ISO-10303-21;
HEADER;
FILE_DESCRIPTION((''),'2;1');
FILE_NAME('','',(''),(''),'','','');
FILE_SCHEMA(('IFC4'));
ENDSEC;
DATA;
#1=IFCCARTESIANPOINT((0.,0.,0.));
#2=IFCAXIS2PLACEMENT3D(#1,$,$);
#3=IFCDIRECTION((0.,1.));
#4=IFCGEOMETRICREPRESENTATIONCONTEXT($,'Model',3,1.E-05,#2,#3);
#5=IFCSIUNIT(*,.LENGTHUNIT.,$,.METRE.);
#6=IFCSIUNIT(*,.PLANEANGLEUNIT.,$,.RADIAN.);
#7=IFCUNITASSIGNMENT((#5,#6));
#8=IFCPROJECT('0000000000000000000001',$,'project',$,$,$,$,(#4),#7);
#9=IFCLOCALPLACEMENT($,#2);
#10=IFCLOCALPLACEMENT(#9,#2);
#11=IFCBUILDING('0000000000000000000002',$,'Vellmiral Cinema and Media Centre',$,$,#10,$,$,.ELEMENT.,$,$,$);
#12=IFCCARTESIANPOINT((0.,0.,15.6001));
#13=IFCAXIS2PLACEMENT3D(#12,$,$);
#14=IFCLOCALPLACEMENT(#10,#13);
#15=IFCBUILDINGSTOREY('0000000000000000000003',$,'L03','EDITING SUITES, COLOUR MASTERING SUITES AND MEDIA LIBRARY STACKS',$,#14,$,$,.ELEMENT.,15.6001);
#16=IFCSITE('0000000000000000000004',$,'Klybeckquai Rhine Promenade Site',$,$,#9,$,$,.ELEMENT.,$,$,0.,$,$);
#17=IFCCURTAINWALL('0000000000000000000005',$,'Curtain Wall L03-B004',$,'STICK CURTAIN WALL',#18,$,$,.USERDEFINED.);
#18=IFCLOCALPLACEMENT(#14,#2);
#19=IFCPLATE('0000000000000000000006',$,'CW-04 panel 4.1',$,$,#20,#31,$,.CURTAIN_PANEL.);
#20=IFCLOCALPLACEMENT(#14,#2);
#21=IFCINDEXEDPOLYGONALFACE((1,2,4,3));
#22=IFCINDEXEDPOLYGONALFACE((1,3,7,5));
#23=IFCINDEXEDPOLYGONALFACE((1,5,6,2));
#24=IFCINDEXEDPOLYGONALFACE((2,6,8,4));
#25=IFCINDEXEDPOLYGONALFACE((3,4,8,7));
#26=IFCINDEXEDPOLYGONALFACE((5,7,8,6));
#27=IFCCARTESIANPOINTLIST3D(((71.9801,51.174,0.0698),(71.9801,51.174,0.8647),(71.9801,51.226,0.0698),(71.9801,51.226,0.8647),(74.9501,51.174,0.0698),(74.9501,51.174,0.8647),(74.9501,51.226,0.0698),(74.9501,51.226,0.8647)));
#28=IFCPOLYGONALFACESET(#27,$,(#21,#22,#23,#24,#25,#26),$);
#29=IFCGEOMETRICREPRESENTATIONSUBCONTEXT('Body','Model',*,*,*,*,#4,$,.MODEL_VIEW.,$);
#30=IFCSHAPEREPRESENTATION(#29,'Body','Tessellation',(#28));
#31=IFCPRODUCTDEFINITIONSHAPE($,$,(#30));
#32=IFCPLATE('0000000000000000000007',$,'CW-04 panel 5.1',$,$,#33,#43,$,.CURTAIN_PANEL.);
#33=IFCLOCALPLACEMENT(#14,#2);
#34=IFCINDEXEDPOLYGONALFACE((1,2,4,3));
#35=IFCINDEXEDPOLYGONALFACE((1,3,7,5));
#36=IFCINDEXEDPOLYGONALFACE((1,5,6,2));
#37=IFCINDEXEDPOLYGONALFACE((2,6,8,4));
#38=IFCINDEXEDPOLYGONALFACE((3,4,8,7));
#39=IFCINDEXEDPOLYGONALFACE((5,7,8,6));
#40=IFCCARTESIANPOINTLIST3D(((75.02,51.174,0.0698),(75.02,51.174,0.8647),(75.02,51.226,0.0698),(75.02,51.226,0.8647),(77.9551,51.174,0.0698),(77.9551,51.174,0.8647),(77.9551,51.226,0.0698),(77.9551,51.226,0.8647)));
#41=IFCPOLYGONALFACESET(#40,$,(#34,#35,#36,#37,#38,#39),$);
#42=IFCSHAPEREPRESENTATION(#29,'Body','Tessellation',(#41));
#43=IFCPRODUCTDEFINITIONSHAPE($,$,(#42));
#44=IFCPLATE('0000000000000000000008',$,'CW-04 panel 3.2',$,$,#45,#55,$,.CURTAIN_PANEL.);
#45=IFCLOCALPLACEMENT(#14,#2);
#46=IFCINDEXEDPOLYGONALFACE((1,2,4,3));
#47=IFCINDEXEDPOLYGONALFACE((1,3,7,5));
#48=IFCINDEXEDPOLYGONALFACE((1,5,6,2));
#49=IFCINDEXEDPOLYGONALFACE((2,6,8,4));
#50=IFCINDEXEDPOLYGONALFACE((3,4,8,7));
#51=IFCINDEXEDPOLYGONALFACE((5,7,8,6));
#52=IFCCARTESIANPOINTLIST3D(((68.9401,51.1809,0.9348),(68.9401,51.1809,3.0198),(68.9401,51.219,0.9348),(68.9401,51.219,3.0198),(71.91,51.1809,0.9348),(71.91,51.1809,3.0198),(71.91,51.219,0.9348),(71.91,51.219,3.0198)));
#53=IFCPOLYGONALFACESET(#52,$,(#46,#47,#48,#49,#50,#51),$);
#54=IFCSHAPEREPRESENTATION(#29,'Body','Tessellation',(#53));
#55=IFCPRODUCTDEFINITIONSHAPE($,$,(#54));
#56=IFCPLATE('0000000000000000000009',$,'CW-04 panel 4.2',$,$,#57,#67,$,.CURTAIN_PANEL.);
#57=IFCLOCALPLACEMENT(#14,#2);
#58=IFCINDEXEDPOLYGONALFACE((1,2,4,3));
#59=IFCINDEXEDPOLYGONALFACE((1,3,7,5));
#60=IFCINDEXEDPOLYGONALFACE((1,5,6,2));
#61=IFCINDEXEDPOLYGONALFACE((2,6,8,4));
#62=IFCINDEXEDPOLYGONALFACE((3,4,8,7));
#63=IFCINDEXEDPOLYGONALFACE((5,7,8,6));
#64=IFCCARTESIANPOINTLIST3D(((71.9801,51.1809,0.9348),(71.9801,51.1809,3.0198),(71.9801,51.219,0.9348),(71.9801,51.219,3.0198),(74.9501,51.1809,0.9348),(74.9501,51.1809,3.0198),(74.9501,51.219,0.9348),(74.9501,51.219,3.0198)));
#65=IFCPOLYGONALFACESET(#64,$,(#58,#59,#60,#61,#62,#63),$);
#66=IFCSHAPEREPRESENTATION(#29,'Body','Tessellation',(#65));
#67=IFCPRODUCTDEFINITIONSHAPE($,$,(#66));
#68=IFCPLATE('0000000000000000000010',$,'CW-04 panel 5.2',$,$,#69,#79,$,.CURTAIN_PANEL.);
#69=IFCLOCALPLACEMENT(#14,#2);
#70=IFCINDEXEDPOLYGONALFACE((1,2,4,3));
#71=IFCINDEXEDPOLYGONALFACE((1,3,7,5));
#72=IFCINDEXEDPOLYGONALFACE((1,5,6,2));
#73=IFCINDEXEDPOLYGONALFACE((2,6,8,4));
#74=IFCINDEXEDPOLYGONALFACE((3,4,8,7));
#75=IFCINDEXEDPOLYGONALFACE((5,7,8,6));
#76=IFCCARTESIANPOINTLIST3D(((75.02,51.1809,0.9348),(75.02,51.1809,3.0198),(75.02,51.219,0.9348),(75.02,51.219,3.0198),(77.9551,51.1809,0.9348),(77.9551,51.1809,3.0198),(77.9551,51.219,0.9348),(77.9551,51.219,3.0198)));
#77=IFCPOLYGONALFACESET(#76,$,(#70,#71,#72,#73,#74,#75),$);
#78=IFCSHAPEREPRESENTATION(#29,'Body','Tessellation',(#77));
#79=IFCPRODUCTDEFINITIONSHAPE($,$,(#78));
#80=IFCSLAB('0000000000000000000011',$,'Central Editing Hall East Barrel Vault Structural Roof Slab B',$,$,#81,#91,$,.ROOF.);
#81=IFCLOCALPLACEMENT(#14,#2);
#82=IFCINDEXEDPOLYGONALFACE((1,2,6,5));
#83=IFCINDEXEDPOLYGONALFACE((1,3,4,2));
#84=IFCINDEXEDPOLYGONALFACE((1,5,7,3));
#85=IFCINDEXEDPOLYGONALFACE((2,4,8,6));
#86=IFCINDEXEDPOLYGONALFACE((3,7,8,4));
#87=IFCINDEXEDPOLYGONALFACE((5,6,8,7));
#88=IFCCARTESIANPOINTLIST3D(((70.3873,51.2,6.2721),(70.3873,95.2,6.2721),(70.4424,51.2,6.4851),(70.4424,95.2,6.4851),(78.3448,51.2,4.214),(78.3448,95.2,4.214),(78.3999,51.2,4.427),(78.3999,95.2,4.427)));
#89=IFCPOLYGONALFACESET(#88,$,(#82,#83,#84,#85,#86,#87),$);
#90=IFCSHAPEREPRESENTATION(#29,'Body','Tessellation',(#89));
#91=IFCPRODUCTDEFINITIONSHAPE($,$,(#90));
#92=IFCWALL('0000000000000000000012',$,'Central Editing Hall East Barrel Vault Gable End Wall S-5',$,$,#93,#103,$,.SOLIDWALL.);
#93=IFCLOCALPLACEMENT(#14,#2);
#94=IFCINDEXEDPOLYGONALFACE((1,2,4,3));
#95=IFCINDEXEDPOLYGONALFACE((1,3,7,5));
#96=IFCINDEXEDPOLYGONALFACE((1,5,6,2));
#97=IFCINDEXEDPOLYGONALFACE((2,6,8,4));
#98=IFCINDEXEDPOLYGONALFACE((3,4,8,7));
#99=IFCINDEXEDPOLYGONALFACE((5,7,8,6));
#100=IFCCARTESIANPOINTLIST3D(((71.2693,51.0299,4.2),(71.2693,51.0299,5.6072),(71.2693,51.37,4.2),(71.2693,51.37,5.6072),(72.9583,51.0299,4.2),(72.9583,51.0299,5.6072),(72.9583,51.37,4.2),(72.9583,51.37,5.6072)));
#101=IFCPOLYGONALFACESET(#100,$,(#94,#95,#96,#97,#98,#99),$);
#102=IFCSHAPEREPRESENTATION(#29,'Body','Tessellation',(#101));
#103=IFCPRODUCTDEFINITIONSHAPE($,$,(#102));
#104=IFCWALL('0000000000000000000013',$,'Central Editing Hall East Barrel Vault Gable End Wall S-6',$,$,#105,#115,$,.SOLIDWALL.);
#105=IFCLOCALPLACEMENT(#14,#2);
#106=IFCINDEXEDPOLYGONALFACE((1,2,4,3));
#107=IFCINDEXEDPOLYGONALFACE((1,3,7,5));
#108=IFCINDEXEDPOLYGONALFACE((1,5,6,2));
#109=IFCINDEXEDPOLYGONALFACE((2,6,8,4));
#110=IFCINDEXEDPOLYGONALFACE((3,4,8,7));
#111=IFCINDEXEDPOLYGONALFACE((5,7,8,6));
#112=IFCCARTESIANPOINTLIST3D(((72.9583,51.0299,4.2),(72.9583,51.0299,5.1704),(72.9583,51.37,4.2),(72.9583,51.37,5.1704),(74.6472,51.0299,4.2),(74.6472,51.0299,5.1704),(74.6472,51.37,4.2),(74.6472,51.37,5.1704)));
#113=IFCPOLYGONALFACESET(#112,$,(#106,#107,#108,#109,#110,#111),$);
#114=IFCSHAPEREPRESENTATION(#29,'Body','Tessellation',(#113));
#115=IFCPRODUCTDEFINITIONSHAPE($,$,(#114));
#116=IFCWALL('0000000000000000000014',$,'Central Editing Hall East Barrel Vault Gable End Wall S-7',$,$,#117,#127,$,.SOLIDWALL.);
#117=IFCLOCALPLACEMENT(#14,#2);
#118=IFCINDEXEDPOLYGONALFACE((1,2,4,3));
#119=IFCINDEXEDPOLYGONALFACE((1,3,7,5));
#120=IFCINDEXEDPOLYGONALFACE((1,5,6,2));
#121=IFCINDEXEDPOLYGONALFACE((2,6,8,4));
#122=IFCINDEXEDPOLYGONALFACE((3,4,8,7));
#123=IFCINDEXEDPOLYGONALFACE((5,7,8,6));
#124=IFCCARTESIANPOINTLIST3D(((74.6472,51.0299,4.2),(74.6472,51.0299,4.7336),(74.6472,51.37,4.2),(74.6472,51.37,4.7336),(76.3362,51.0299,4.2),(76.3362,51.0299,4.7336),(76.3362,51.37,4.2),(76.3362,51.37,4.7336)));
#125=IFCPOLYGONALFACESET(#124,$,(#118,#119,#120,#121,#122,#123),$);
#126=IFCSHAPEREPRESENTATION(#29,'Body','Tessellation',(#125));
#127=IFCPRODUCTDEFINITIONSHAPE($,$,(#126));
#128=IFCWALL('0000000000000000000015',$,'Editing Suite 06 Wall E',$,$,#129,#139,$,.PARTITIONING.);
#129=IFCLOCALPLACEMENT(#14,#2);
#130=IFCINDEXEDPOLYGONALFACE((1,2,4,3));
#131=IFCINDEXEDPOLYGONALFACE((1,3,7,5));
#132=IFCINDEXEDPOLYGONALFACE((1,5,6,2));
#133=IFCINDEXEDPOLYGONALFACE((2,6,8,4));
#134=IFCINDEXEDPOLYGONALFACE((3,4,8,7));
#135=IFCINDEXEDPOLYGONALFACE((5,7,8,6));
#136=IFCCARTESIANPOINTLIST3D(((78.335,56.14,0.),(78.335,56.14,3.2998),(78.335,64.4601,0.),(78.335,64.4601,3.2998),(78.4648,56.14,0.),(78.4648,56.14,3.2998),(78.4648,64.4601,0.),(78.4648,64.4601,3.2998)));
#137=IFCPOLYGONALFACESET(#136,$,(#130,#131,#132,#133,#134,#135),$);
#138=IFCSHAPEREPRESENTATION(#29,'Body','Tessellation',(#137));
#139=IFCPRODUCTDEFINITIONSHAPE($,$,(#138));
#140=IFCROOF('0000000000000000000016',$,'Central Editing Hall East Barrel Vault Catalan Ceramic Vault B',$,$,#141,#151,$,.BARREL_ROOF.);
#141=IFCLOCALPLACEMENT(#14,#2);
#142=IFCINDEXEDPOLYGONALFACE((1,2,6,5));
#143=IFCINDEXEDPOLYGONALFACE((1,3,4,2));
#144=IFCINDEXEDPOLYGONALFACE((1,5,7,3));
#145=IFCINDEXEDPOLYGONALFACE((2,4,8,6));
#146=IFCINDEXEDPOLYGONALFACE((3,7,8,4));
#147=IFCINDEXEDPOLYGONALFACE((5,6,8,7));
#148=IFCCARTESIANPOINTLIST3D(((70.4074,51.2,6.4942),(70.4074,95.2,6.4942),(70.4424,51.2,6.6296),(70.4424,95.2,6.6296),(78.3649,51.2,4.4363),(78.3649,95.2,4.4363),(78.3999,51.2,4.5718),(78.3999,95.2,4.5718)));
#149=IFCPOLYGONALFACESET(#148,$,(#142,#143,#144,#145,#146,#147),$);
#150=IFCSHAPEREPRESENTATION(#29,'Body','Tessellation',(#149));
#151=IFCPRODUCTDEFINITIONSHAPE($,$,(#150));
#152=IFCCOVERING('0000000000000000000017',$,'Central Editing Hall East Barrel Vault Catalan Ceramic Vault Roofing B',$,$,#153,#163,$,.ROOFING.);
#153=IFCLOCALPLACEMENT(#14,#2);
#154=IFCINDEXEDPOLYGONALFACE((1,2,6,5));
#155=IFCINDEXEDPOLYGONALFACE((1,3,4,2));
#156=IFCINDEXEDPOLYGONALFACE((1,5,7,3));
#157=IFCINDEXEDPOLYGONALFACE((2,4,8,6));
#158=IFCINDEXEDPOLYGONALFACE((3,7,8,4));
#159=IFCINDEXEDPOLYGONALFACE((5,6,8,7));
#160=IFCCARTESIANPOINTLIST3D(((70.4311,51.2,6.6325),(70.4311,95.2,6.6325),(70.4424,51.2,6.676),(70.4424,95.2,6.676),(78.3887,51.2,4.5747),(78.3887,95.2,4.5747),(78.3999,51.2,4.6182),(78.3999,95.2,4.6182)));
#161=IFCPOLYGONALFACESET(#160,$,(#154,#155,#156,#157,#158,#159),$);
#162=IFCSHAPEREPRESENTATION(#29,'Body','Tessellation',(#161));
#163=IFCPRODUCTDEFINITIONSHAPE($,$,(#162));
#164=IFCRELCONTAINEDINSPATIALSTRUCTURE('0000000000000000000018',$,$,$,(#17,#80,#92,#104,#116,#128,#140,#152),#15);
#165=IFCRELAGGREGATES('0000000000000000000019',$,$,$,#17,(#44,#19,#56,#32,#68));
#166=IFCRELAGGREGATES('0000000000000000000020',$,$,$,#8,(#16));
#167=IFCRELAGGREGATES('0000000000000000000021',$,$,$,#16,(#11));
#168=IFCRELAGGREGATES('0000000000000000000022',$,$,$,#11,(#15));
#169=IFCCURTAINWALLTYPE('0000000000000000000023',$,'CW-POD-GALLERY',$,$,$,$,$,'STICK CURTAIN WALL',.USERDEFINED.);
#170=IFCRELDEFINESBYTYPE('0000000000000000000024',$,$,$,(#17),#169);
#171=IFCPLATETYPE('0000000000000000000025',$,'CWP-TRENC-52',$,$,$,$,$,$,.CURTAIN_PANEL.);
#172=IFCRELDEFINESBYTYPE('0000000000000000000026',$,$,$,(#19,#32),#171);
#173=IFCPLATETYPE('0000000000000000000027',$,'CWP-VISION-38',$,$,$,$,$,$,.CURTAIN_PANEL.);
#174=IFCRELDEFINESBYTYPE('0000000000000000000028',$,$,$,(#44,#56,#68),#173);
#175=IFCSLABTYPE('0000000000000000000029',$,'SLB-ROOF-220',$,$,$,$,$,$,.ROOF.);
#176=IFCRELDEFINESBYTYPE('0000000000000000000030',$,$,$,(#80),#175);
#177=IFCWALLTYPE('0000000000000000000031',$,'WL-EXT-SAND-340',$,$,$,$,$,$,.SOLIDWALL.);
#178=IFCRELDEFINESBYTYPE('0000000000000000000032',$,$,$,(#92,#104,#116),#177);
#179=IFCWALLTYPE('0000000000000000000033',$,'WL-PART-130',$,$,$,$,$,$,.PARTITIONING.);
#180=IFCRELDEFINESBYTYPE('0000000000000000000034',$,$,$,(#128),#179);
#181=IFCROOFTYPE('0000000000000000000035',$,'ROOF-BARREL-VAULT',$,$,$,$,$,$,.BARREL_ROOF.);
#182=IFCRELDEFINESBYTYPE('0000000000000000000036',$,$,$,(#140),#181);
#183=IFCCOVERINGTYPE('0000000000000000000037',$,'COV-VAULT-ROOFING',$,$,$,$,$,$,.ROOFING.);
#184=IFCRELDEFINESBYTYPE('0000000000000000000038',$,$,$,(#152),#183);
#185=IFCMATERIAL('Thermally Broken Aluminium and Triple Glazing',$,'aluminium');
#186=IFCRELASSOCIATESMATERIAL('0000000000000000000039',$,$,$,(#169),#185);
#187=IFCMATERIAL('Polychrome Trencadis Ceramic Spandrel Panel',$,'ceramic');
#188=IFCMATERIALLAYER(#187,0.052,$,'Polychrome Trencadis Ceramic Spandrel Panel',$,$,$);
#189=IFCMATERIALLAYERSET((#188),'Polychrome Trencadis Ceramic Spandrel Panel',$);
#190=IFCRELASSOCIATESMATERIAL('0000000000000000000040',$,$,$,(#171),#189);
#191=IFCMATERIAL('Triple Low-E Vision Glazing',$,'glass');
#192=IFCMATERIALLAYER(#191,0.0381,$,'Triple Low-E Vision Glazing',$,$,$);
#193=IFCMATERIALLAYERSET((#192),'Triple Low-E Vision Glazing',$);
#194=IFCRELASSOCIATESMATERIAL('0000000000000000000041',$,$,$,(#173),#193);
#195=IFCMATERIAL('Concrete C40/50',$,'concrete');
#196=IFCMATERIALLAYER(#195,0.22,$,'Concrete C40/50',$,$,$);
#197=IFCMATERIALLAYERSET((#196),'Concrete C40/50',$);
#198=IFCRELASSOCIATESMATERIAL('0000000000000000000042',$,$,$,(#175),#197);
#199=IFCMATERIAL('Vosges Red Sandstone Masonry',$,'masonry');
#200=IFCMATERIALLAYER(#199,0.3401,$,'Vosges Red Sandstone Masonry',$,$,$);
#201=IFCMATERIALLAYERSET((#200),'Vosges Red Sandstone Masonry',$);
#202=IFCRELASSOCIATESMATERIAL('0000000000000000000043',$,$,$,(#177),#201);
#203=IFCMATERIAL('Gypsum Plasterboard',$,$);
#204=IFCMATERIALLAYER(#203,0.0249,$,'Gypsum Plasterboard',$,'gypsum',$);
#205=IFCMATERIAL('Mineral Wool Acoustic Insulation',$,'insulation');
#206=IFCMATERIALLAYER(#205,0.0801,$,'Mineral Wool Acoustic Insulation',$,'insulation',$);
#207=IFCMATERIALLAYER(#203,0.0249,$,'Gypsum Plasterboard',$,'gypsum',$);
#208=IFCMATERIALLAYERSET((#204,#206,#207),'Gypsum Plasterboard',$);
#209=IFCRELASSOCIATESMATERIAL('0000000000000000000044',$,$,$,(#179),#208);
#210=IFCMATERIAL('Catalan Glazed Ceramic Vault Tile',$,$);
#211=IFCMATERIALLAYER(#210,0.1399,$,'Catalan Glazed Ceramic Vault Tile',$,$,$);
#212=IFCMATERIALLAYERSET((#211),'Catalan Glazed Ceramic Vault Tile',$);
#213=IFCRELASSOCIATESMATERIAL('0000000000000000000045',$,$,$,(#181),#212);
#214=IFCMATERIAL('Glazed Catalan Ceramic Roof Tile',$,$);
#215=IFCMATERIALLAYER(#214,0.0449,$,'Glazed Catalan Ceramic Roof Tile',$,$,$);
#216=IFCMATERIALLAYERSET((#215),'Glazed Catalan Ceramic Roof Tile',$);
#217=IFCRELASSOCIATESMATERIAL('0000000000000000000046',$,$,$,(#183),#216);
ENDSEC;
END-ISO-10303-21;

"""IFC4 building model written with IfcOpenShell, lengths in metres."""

from ifc_helpers import new_model, si_unit, direction, frame, frame_2d, origin, origin_2d, place, context, subcontext, project, spatial, polyline, rectangle, outline, extrude, material, layer, layer_set, type_object, element, aggregate, save


model = new_model("IFC4")

# Units and contexts
model_context = context("Model", 3, precision=1e-05, world=origin(), true_north=direction((0.0, 1.0)))
body_context = subcontext(model_context, "Body", "Model", "MODEL_VIEW")
ifc_project = project(units=[si_unit("LENGTHUNIT", "METRE"), si_unit("PLANEANGLEUNIT", "RADIAN")], contexts=[model_context])

# Site, building, storey
site_placement = place(None, origin())
site = spatial("IfcSite", under=ifc_project, at=site_placement, Name="Klybeckquai Rhine Promenade Site", CompositionType="ELEMENT", RefElevation=0.0)
building_placement = place(site_placement, origin())
building = spatial("IfcBuilding", under=site, at=building_placement, Name="Vellmiral Cinema and Media Centre", CompositionType="ELEMENT")
storey_placement = place(building_placement, frame((0.0, 0.0, 15.6001)))
storey = spatial("IfcBuildingStorey", under=building, at=storey_placement, Name="L03", Description="EDITING SUITES, COLOUR MASTERING SUITES AND MEDIA LIBRARY STACKS", CompositionType="ELEMENT", Elevation=15.6001)

# Curtain wall
ifc_material_1 = material(Name="Thermally Broken Aluminium and Triple Glazing", Category="aluminium")
curtain_wall_type = type_object("IfcCurtainWallType", Name="CW-POD-GALLERY", ElementType="STICK CURTAIN WALL", PredefinedType="USERDEFINED", material=ifc_material_1)
curtain_wall_placement = place(storey_placement, origin())
curtain_wall = element("IfcCurtainWall", 1, at=curtain_wall_placement, inside=storey, type_object=curtain_wall_type, Name="Curtain Wall L03-B004", ObjectType="STICK CURTAIN WALL", PredefinedType="USERDEFINED")

# Plates
ifc_material_2 = material(Name="Polychrome Trencadis Ceramic Spandrel Panel", Category="ceramic")
ifc_layer_1 = layer(ifc_material_2, 0.052, Name="Polychrome Trencadis Ceramic Spandrel Panel")
ifc_layer_set_1 = layer_set([ifc_layer_1], Name="Polychrome Trencadis Ceramic Spandrel Panel")
plate_type_1 = type_object("IfcPlateType", Name="CWP-TRENC-52", PredefinedType="CURTAIN_PANEL", material=ifc_layer_set_1)
plate_1_placement = place(storey_placement, frame((73.4651, 51.2, 0.0698), z_axis=(0.0, 0.0, 1.0), x_axis=(1.0, 0.0, 0.0)))
plate_1 = element("IfcPlate", 2, at=plate_1_placement, type_object=plate_type_1, Name="CW-04 panel 4.1", PredefinedType="CURTAIN_PANEL", context=body_context, shape_type="SweptSolid", body=[
    extrude(rectangle(XDim=2.97, YDim=0.052, at=origin_2d()), origin(), (0.0, 0.0, 1.0), 0.7949),
])
plate_2_placement = place(storey_placement, frame((76.4875, 51.2, 0.0698), z_axis=(0.0, 0.0, 1.0), x_axis=(1.0, 0.0, 0.0)))
plate_2 = element("IfcPlate", 3, at=plate_2_placement, type_object=plate_type_1, Name="CW-04 panel 5.1", PredefinedType="CURTAIN_PANEL", context=body_context, shape_type="SweptSolid", body=[
    extrude(rectangle(XDim=2.9351, YDim=0.052, at=origin_2d()), origin(), (0.0, 0.0, 1.0), 0.7949),
])
ifc_material_3 = material(Name="Triple Low-E Vision Glazing", Category="glass")
ifc_layer_2 = layer(ifc_material_3, 0.0381, Name="Triple Low-E Vision Glazing")
ifc_layer_set_2 = layer_set([ifc_layer_2], Name="Triple Low-E Vision Glazing")
plate_type_2 = type_object("IfcPlateType", Name="CWP-VISION-38", PredefinedType="CURTAIN_PANEL", material=ifc_layer_set_2)
plate_3_placement = place(storey_placement, frame((70.425, 51.2, 0.9348), z_axis=(0.0, 0.0, 1.0), x_axis=(1.0, 0.0, 0.0)))
plate_3 = element("IfcPlate", 4, at=plate_3_placement, type_object=plate_type_2, Name="CW-04 panel 3.2", PredefinedType="CURTAIN_PANEL", context=body_context, shape_type="SweptSolid", body=[
    extrude(rectangle(XDim=2.97, YDim=0.0381, at=origin_2d()), origin(), (0.0, 0.0, 1.0), 2.085),
])
plate_4_placement = place(storey_placement, frame((73.4651, 51.2, 0.9348), z_axis=(0.0, 0.0, 1.0), x_axis=(1.0, 0.0, 0.0)))
plate_4 = element("IfcPlate", 5, at=plate_4_placement, type_object=plate_type_2, Name="CW-04 panel 4.2", PredefinedType="CURTAIN_PANEL", context=body_context, shape_type="SweptSolid", body=[
    extrude(rectangle(XDim=2.97, YDim=0.0381, at=origin_2d()), origin(), (0.0, 0.0, 1.0), 2.085),
])
plate_5_placement = place(storey_placement, frame((76.4875, 51.2, 0.9348), z_axis=(0.0, 0.0, 1.0), x_axis=(1.0, 0.0, 0.0)))
plate_5 = element("IfcPlate", 6, at=plate_5_placement, type_object=plate_type_2, Name="CW-04 panel 5.2", PredefinedType="CURTAIN_PANEL", context=body_context, shape_type="SweptSolid", body=[
    extrude(rectangle(XDim=2.9351, YDim=0.0381, at=origin_2d()), origin(), (0.0, 0.0, 1.0), 2.085),
])
aggregate(curtain_wall, [plate_3, plate_1, plate_4, plate_2, plate_5])

# Slab
ifc_material_4 = material(Name="Concrete C40/50", Category="concrete")
ifc_layer_3 = layer(ifc_material_4, 0.22, Name="Concrete C40/50")
ifc_layer_set_3 = layer_set([ifc_layer_3], Name="Concrete C40/50")
slab_type = type_object("IfcSlabType", Name="SLB-ROOF-220", PredefinedType="ROOF", material=ifc_layer_set_3)
slab_placement = place(storey_placement, frame((70.4424, 51.2, 6.4851), z_axis=(0.250397, 0.0, 0.968143), x_axis=(0.968143, 0.0, -0.250397)))
element("IfcSlab", 7, at=slab_placement, inside=storey, type_object=slab_type, Name="Central Editing Hall East Barrel Vault Structural Roof Slab B", PredefinedType="ROOF", context=body_context, shape_type="SweptSolid", body=[
    extrude(outline(polyline([(0.0, 0.0), (8.2194, 0.0), (8.2194, 44.0), (0.0, 44.0), (0.0, 0.0)])), origin(), (0.0, 0.0, -1.0), 0.22),
])

# Walls
ifc_material_5 = material(Name="Vosges Red Sandstone Masonry", Category="masonry")
ifc_layer_4 = layer(ifc_material_5, 0.3401, Name="Vosges Red Sandstone Masonry")
ifc_layer_set_4 = layer_set([ifc_layer_4], Name="Vosges Red Sandstone Masonry")
wall_type_1 = type_object("IfcWallType", Name="WL-EXT-SAND-340", PredefinedType="SOLIDWALL", material=ifc_layer_set_4)
wall_1_placement = place(storey_placement, frame((71.2693, 51.2, 4.2), z_axis=(0.0, 0.0, 1.0), x_axis=(1.0, 0.0, 0.0)))
element("IfcWall", 8, at=wall_1_placement, inside=storey, type_object=wall_type_1, Name="Central Editing Hall East Barrel Vault Gable End Wall S-5", PredefinedType="SOLIDWALL", context=body_context, shape_type="SweptSolid", body=[
    extrude(rectangle(XDim=1.689, YDim=0.3401, at=frame_2d((0.8445, 0.0))), origin(), (0.0, 0.0, 1.0), 1.4072),
])
wall_2_placement = place(storey_placement, frame((72.9583, 51.2, 4.2), z_axis=(0.0, 0.0, 1.0), x_axis=(1.0, 0.0, 0.0)))
element("IfcWall", 9, at=wall_2_placement, inside=storey, type_object=wall_type_1, Name="Central Editing Hall East Barrel Vault Gable End Wall S-6", PredefinedType="SOLIDWALL", context=body_context, shape_type="SweptSolid", body=[
    extrude(rectangle(XDim=1.689, YDim=0.3401, at=frame_2d((0.8445, 0.0))), origin(), (0.0, 0.0, 1.0), 0.9705),
])
wall_3_placement = place(storey_placement, frame((74.6472, 51.2, 4.2), z_axis=(0.0, 0.0, 1.0), x_axis=(1.0, 0.0, 0.0)))
element("IfcWall", 10, at=wall_3_placement, inside=storey, type_object=wall_type_1, Name="Central Editing Hall East Barrel Vault Gable End Wall S-7", PredefinedType="SOLIDWALL", context=body_context, shape_type="SweptSolid", body=[
    extrude(rectangle(XDim=1.689, YDim=0.3401, at=frame_2d((0.8445, 0.0))), origin(), (0.0, 0.0, 1.0), 0.5337),
])
ifc_material_6 = material(Name="Gypsum Plasterboard")
ifc_layer_5 = layer(ifc_material_6, 0.0249, Name="Gypsum Plasterboard", Category="gypsum")
ifc_material_7 = material(Name="Mineral Wool Acoustic Insulation", Category="insulation")
ifc_layer_6 = layer(ifc_material_7, 0.0801, Name="Mineral Wool Acoustic Insulation", Category="insulation")
ifc_layer_7 = layer(ifc_material_6, 0.0249, Name="Gypsum Plasterboard", Category="gypsum")
ifc_layer_set_5 = layer_set([ifc_layer_5, ifc_layer_6, ifc_layer_7], Name="Gypsum Plasterboard")
wall_type_2 = type_object("IfcWallType", Name="WL-PART-130", PredefinedType="PARTITIONING", material=ifc_layer_set_5)
wall_4_placement = place(storey_placement, frame((78.3999, 56.1399, 0.0), z_axis=(0.0, 0.0, 1.0), x_axis=(0.0, 1.0, 0.0)))
element("IfcWall", 11, at=wall_4_placement, inside=storey, type_object=wall_type_2, Name="Editing Suite 06 Wall E", PredefinedType="PARTITIONING", context=body_context, shape_type="SweptSolid", body=[
    extrude(rectangle(XDim=8.3201, YDim=0.1299, at=frame_2d((4.1602, 0.0))), origin(), (0.0, 0.0, 1.0), 3.2998),
])

# Roof
ifc_material_8 = material(Name="Catalan Glazed Ceramic Vault Tile")
ifc_layer_8 = layer(ifc_material_8, 0.1399, Name="Catalan Glazed Ceramic Vault Tile")
ifc_layer_set_6 = layer_set([ifc_layer_8], Name="Catalan Glazed Ceramic Vault Tile")
roof_type = type_object("IfcRoofType", Name="ROOF-BARREL-VAULT", PredefinedType="BARREL_ROOF", material=ifc_layer_set_6)
roof_placement = place(storey_placement, frame((70.4424, 51.2, 6.6296), z_axis=(0.250369, 0.0, 0.96815), x_axis=(0.96815, 0.0, -0.250369)))
element("IfcRoof", 12, at=roof_placement, inside=storey, type_object=roof_type, Name="Central Editing Hall East Barrel Vault Catalan Ceramic Vault B", PredefinedType="BARREL_ROOF", context=body_context, shape_type="SweptSolid", body=[
    extrude(outline(polyline([(0.0, 0.0), (8.2193, 0.0), (8.2193, 44.0), (0.0, 44.0), (0.0, 0.0)])), origin(), (0.0, 0.0, -1.0), 0.1399),
])

# Covering
ifc_material_9 = material(Name="Glazed Catalan Ceramic Roof Tile")
ifc_layer_9 = layer(ifc_material_9, 0.0449, Name="Glazed Catalan Ceramic Roof Tile")
ifc_layer_set_7 = layer_set([ifc_layer_9], Name="Glazed Catalan Ceramic Roof Tile")
covering_type = type_object("IfcCoveringType", Name="COV-VAULT-ROOFING", PredefinedType="ROOFING", material=ifc_layer_set_7)
covering_placement = place(storey_placement, frame((70.4424, 51.2, 6.676), z_axis=(0.250369, 0.0, 0.96815), x_axis=(0.96815, 0.0, -0.250369)))
element("IfcCovering", 13, at=covering_placement, inside=storey, type_object=covering_type, Name="Central Editing Hall East Barrel Vault Catalan Ceramic Vault Roofing B", PredefinedType="ROOFING", context=body_context, shape_type="SweptSolid", body=[
    extrude(outline(polyline([(0.0, 0.0), (8.2193, 0.0), (8.2193, 44.0), (0.0, 44.0), (0.0, 0.0)])), origin(), (0.0, 0.0, -1.0), 0.0449),
])

save(model, "model.ifc")
